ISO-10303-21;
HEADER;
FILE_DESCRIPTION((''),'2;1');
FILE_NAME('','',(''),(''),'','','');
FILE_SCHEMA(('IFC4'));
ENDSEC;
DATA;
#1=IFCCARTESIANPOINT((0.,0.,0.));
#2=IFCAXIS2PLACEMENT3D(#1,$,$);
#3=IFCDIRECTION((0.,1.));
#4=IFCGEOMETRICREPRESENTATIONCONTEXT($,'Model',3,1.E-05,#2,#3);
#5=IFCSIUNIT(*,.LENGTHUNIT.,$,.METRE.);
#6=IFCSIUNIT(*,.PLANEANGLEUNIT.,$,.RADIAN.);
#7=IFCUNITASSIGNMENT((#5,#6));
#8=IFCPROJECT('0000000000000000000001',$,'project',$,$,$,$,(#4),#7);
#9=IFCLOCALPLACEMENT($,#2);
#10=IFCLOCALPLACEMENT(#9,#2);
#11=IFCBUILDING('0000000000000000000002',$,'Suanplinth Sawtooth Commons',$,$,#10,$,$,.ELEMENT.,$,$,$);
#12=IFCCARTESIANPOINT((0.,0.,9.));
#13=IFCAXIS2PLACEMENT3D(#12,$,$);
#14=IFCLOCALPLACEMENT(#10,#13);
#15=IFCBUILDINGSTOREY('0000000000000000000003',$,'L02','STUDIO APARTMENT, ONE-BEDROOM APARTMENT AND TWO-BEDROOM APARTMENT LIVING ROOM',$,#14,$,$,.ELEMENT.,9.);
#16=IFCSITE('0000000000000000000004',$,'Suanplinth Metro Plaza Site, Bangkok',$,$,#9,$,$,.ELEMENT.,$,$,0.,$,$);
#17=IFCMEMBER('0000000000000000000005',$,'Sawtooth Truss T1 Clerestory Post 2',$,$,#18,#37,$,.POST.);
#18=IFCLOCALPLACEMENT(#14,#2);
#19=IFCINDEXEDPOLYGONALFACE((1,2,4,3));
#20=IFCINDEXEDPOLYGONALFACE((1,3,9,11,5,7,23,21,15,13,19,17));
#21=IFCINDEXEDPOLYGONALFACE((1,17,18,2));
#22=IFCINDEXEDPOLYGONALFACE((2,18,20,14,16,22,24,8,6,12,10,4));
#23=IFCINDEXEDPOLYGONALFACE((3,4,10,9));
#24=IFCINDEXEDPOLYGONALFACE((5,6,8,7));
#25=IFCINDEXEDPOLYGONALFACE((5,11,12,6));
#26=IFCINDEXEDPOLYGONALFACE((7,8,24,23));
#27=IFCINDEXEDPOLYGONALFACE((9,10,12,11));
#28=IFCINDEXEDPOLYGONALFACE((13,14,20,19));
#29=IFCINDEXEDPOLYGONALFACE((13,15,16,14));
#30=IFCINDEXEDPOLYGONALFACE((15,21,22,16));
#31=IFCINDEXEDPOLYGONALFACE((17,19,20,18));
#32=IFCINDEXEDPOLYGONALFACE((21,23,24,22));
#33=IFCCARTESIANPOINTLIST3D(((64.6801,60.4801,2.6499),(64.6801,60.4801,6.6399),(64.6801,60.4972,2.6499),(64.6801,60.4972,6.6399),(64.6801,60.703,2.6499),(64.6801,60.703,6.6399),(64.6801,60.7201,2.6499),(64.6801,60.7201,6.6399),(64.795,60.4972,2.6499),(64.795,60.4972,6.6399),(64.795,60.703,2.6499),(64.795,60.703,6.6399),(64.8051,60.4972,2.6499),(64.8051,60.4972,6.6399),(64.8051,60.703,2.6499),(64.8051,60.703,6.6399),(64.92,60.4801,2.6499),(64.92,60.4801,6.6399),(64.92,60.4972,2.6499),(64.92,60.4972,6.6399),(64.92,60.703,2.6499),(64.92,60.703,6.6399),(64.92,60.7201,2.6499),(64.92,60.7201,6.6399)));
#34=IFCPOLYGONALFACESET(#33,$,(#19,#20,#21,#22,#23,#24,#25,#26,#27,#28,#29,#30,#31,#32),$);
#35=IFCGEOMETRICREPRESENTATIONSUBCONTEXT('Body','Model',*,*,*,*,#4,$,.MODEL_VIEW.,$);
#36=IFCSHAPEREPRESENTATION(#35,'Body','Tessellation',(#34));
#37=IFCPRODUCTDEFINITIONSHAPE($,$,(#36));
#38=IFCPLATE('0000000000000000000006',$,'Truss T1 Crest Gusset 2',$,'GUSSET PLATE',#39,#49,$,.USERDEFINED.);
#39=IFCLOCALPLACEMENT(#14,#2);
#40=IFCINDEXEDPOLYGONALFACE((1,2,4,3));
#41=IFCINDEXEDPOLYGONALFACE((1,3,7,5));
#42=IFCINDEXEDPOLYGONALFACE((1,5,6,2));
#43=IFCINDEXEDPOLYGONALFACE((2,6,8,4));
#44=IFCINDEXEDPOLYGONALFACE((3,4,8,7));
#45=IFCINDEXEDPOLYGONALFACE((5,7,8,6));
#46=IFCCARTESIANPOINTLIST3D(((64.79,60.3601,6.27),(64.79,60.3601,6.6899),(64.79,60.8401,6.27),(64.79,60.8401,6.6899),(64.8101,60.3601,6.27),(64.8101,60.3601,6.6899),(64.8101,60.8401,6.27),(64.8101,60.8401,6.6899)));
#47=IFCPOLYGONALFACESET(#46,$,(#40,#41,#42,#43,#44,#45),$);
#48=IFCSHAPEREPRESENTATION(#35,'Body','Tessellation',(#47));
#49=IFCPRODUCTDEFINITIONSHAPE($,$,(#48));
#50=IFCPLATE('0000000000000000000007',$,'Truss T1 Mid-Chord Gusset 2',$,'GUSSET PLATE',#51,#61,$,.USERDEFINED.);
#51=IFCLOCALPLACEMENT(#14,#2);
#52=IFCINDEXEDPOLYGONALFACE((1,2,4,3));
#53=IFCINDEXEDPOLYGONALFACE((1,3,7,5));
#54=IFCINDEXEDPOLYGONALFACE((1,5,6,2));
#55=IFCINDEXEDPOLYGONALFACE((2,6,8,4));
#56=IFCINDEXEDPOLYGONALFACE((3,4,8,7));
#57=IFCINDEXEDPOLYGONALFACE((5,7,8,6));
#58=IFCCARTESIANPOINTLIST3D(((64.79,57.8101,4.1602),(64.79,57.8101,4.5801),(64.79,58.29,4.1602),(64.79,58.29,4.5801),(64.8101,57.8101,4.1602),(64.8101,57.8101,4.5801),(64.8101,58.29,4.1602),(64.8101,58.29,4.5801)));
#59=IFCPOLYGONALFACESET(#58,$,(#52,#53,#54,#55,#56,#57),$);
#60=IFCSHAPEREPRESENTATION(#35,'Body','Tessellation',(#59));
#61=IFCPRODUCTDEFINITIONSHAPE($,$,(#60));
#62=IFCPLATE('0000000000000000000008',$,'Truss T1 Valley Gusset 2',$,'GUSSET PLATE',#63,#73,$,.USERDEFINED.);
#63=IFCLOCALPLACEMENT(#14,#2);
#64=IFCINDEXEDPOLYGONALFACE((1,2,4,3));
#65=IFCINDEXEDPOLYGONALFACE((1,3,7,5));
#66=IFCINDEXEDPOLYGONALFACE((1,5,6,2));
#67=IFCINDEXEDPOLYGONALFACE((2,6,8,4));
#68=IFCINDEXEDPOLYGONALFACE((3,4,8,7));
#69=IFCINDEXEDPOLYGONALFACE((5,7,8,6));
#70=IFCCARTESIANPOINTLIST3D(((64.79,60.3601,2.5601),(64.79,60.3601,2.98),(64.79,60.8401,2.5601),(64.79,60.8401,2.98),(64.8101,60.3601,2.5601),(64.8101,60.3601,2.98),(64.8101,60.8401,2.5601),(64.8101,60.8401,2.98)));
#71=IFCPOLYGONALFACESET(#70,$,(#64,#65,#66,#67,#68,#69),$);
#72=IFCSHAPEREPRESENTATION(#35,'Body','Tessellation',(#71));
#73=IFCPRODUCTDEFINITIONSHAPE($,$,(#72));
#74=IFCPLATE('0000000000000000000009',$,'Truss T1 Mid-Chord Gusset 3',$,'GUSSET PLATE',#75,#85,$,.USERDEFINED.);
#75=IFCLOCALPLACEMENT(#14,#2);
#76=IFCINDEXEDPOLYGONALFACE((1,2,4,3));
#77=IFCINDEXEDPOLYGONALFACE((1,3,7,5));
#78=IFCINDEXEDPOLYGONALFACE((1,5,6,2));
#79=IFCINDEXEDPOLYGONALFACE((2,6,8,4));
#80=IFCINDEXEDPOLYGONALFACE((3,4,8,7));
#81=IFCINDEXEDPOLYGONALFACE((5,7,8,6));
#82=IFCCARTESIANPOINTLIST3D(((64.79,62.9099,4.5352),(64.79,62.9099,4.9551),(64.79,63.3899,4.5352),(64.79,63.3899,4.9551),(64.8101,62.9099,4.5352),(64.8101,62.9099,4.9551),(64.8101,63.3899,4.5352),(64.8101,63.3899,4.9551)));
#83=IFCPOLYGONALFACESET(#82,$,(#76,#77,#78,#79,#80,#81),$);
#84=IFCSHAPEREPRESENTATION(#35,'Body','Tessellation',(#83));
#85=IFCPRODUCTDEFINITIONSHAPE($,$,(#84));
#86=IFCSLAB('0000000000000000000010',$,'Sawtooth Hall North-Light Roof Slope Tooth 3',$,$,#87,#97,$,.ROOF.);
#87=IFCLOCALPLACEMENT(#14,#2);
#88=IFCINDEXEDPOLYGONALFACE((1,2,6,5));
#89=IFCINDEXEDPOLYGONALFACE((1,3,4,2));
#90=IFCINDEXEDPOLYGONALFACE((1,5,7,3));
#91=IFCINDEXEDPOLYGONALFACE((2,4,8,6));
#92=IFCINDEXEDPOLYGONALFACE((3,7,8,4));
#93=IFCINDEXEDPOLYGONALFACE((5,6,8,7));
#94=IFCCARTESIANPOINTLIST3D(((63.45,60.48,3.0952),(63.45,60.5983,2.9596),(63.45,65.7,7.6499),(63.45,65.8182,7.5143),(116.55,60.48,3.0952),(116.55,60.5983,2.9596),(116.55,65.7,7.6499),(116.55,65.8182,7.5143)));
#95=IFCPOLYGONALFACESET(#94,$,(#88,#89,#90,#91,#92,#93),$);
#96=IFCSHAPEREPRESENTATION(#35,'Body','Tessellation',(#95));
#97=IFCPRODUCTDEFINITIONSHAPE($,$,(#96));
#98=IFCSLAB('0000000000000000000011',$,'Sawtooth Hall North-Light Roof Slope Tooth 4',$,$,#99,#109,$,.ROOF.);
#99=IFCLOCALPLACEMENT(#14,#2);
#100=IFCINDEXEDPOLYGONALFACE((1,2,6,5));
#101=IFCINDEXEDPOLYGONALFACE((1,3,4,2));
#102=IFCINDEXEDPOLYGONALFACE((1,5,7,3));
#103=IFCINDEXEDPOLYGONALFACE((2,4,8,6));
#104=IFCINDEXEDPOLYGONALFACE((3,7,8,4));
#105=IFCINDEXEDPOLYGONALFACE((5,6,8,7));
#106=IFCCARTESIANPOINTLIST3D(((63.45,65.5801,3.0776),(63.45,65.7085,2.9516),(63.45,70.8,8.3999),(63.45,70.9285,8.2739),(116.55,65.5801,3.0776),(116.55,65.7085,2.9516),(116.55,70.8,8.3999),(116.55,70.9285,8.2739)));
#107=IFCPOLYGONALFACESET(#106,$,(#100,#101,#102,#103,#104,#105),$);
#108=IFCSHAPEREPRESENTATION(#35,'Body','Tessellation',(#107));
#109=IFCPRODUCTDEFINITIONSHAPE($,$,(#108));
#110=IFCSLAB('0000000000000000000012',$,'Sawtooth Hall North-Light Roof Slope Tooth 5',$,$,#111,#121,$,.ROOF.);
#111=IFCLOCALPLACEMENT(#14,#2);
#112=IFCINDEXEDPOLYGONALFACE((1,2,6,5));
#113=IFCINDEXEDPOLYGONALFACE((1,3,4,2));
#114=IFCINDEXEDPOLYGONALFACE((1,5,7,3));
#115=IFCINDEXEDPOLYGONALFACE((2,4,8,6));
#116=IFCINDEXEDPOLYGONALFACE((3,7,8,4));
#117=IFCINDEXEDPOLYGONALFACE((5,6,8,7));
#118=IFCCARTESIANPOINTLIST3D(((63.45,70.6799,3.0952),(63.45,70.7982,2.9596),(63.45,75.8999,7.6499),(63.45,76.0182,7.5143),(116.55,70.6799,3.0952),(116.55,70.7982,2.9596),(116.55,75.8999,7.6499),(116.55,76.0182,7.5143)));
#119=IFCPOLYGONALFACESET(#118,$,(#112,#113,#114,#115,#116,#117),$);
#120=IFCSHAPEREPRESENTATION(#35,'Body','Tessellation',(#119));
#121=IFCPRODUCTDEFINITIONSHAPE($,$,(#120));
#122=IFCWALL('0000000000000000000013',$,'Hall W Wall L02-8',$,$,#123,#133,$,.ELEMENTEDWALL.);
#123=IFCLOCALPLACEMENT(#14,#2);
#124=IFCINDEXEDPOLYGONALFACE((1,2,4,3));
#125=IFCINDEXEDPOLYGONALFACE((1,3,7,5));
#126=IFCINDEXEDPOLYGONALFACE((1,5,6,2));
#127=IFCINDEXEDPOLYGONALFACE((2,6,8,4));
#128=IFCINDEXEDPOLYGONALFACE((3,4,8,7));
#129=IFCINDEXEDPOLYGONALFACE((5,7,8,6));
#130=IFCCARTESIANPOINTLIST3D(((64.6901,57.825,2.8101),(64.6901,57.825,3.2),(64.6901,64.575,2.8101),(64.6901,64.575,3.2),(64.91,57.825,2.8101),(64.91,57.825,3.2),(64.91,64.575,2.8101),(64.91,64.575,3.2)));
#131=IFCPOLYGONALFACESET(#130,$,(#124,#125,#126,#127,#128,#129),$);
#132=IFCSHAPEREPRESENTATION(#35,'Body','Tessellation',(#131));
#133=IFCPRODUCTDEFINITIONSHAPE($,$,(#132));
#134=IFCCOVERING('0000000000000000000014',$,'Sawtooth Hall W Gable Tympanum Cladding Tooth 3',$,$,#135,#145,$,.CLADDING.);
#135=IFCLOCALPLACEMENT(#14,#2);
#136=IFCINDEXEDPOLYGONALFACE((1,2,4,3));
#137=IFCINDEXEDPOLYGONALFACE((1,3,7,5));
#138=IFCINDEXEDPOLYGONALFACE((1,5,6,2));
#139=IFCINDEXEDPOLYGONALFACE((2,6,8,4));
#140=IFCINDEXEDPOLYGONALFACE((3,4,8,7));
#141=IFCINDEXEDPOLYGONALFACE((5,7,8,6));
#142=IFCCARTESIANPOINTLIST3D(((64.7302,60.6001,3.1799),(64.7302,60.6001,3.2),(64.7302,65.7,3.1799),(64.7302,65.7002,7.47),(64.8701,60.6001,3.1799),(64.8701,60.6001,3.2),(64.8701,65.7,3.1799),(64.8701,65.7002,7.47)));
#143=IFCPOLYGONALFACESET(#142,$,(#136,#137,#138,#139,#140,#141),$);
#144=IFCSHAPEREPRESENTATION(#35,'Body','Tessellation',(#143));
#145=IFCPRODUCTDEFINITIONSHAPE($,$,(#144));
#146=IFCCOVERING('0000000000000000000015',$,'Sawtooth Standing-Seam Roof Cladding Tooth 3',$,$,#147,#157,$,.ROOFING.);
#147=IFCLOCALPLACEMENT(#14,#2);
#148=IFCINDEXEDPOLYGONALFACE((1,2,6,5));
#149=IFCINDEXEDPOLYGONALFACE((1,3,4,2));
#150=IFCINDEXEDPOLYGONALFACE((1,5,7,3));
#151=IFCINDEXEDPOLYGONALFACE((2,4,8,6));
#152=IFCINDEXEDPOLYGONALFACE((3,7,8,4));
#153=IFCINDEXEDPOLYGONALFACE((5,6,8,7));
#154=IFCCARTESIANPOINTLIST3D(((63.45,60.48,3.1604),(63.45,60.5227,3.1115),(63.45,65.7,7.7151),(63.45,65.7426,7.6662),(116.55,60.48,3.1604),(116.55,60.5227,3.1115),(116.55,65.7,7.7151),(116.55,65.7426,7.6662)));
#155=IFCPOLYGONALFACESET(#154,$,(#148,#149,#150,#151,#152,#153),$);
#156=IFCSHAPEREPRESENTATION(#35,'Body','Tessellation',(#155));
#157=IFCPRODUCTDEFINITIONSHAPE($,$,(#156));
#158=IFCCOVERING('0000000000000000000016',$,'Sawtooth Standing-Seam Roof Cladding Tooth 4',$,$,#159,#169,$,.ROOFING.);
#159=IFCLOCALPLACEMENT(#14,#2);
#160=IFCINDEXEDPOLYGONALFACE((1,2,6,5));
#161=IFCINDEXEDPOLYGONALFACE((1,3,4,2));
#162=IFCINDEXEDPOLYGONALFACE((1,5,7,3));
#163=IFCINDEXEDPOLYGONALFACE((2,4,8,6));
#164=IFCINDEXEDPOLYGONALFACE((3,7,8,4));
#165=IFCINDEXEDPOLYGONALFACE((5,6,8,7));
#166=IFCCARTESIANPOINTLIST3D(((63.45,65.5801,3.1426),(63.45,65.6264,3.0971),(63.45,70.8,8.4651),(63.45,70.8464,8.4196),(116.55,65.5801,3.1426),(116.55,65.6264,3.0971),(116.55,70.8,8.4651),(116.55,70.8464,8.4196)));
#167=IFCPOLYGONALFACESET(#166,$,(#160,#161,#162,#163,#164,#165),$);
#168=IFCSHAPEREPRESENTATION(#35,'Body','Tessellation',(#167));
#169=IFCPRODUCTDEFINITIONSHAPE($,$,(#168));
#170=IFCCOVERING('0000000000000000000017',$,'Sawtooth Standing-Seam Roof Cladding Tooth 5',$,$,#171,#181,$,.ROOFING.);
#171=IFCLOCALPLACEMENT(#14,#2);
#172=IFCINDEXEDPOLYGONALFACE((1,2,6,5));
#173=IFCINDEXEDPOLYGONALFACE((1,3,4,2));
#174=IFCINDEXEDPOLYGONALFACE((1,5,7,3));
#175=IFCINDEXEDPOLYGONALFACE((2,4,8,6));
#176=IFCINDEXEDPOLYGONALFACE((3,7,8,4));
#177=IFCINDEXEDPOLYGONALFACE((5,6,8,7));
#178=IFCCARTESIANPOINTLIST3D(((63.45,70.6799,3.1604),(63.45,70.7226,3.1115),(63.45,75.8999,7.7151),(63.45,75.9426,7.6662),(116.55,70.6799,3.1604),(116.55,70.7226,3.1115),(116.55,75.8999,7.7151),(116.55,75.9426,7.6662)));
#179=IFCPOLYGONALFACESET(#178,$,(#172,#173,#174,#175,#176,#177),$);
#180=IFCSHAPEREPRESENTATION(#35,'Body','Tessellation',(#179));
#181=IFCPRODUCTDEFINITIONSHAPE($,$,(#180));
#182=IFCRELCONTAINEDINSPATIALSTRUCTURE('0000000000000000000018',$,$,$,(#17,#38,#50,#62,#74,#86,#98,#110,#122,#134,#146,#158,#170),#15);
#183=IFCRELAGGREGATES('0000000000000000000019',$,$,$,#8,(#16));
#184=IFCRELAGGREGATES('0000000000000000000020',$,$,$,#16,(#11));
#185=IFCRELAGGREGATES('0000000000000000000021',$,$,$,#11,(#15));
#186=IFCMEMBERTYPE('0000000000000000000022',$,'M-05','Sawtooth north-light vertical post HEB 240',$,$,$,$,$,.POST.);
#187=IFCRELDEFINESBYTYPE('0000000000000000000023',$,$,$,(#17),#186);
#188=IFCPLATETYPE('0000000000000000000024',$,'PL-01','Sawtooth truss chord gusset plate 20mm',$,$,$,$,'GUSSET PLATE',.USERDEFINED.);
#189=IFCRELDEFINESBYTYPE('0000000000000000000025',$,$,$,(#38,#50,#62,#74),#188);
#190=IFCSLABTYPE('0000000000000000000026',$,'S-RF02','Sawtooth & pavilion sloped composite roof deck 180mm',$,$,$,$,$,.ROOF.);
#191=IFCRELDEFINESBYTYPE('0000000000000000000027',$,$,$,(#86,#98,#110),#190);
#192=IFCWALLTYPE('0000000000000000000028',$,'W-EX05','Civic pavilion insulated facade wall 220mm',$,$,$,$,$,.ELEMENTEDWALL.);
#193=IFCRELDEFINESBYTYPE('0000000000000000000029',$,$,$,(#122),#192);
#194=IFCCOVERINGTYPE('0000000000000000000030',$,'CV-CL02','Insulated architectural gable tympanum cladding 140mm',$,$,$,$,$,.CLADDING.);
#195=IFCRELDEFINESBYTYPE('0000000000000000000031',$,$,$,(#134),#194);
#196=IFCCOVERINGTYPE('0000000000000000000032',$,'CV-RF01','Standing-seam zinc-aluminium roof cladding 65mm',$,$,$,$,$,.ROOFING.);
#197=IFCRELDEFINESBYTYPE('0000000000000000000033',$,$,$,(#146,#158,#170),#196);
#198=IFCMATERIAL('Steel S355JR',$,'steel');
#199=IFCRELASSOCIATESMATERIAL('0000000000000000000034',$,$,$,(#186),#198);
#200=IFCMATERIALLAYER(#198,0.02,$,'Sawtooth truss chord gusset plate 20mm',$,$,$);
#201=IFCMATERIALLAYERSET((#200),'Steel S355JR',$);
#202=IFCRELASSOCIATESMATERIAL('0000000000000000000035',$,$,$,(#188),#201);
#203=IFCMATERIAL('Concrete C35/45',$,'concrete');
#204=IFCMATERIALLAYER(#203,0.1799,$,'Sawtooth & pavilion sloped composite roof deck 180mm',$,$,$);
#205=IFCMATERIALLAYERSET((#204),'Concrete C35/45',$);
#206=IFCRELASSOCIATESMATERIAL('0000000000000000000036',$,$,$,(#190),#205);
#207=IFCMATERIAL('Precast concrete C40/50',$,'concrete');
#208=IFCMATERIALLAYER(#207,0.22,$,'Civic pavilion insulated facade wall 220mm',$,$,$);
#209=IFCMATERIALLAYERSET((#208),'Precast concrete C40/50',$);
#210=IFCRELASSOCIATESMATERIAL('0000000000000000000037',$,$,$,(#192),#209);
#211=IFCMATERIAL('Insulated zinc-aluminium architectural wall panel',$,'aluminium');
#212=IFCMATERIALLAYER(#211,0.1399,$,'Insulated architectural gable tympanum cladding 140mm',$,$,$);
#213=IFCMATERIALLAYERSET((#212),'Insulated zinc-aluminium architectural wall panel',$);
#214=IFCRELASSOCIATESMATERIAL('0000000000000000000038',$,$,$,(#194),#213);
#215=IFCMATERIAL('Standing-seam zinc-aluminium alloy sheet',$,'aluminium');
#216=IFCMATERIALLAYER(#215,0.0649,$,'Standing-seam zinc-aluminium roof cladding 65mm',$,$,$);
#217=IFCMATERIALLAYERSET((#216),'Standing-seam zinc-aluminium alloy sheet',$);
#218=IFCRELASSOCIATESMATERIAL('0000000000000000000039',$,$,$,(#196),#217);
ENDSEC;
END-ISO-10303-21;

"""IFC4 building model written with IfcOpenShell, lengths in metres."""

from ifc_helpers import new_model, si_unit, direction, frame, frame_2d, origin, origin_2d, place, context, subcontext, project, spatial, polyline, rectangle, i_section, outline, extrude, material, layer, layer_set, material_profile, profile_set, type_object, element, save


model = new_model("IFC4")

# Units and contexts
model_context = context("Model", 3, precision=1e-05, world=origin(), true_north=direction((0.0, 1.0)))
body_context = subcontext(model_context, "Body", "Model", "MODEL_VIEW")
ifc_project = project(units=[si_unit("LENGTHUNIT", "METRE"), si_unit("PLANEANGLEUNIT", "RADIAN")], contexts=[model_context])

# Site, building, storey
site_placement = place(None, origin())
site = spatial("IfcSite", under=ifc_project, at=site_placement, Name="Suanplinth Metro Plaza Site, Bangkok", CompositionType="ELEMENT", RefElevation=0.0)
building_placement = place(site_placement, origin())
building = spatial("IfcBuilding", under=site, at=building_placement, Name="Suanplinth Sawtooth Commons", CompositionType="ELEMENT")
storey_placement = place(building_placement, frame((0.0, 0.0, 9.0)))
storey = spatial("IfcBuildingStorey", under=building, at=storey_placement, Name="L02", Description="STUDIO APARTMENT, ONE-BEDROOM APARTMENT AND TWO-BEDROOM APARTMENT LIVING ROOM", CompositionType="ELEMENT", Elevation=9.0)

# Shared definitions
ifc_material_1 = material(Name="Steel S355JR", Category="steel")

# Member
ifc_material_profile_1 = material_profile(ifc_material_1, i_section(OverallWidth=0.24, OverallDepth=0.24, WebThickness=0.01, FlangeThickness=0.0171, at=origin_2d()), Name="HEB 240")
ifc_profile_set_1 = profile_set([ifc_material_profile_1], Name="Steel S355JR")
member_type_1 = type_object("IfcMemberType", Name="M-05", Description="Sawtooth north-light vertical post HEB 240", PredefinedType="POST", material=ifc_profile_set_1)
member_1_placement = place(storey_placement, frame((64.8, 60.6001, 2.6499), z_axis=(0.0, 0.0, 1.0), x_axis=(1.0, 0.0, 0.0)))
element("IfcMember", 1, at=member_1_placement, inside=storey, type_object=member_type_1, Name="Sawtooth Truss T1 Clerestory Post 2", PredefinedType="POST", context=body_context, shape_type="SweptSolid", body=[
    extrude(i_section(OverallWidth=0.24, OverallDepth=0.24, WebThickness=0.01, FlangeThickness=0.0171, at=origin_2d()), origin(), (0.0, 0.0, 1.0), 3.99),
])

# Plates
ifc_layer_1 = layer(ifc_material_1, 0.02, Name="Sawtooth truss chord gusset plate 20mm")
ifc_layer_set_1 = layer_set([ifc_layer_1], Name="Steel S355JR")
plate_type = type_object("IfcPlateType", Name="PL-01", Description="Sawtooth truss chord gusset plate 20mm", ElementType="GUSSET PLATE", PredefinedType="USERDEFINED", material=ifc_layer_set_1)
for number, where, z_axis, x_axis, name in (
    (2, (64.8, 60.6001, 6.27), (0.0, 0.0, 1.0), (1.0, 0.0, 0.0), "Truss T1 Crest Gusset 2"),
    (3, (64.8, 58.05, 4.1602), (0.0, 0.0, 1.0), (1.0, 0.0, 0.0), "Truss T1 Mid-Chord Gusset 2"),
    (4, (64.8, 60.6001, 2.5601), (0.0, 0.0, 1.0), (1.0, 0.0, 0.0), "Truss T1 Valley Gusset 2"),
    (5, (64.8, 63.1499, 4.5352), (0.0, 0.0, 1.0), (1.0, 0.0, 0.0), "Truss T1 Mid-Chord Gusset 3"),
):
    element("IfcPlate", number, at=place(storey_placement, frame(where, z_axis=z_axis, x_axis=x_axis)), inside=storey, type_object=plate_type, Name=name, ObjectType="GUSSET PLATE", PredefinedType="USERDEFINED", context=body_context, shape_type="SweptSolid", body=[
        extrude(rectangle(XDim=0.02, YDim=0.48, at=origin_2d()), origin(), (0.0, 0.0, 1.0), 0.4199),
    ])

# Slabs
ifc_material_2 = material(Name="Concrete C35/45", Category="concrete")
ifc_layer_2 = layer(ifc_material_2, 0.1799, Name="Sawtooth & pavilion sloped composite roof deck 180mm")
ifc_layer_set_2 = layer_set([ifc_layer_2], Name="Concrete C35/45")
slab_type = type_object("IfcSlabType", Name="S-RF02", Description="Sawtooth & pavilion sloped composite roof deck 180mm", PredefinedType="ROOF", material=ifc_layer_set_2)
slab_1_placement = place(storey_placement, frame((63.45, 60.48, 3.0952), z_axis=(0.0, -0.657459, 0.753491), x_axis=(1.0, 0.0, 0.0)))
element("IfcSlab", 6, at=slab_1_placement, inside=storey, type_object=slab_type, Name="Sawtooth Hall North-Light Roof Slope Tooth 3", PredefinedType="ROOF", context=body_context, shape_type="SweptSolid", body=[
    extrude(outline(polyline([(0.0, 0.0), (53.1001, 0.0), (53.1001, 6.9277), (0.0, 6.9277), (0.0, 0.0)])), origin(), (0.0, 0.0, -1.0), 0.1799),
])
slab_2_placement = place(storey_placement, frame((63.45, 65.5801, 3.0776), z_axis=(0.0, -0.713934, 0.700213), x_axis=(1.0, 0.0, 0.0)))
element("IfcSlab", 7, at=slab_2_placement, inside=storey, type_object=slab_type, Name="Sawtooth Hall North-Light Roof Slope Tooth 4", PredefinedType="ROOF", context=body_context, shape_type="SweptSolid", body=[
    extrude(outline(polyline([(0.0, 0.0), (53.1001, 0.0), (53.1001, 7.4548), (0.0, 7.4548), (0.0, 0.0)])), origin(), (0.0, 0.0, -1.0), 0.1799),
])
slab_3_placement = place(storey_placement, frame((63.45, 70.6799, 3.0952), z_axis=(0.0, -0.657459, 0.753491), x_axis=(1.0, 0.0, 0.0)))
element("IfcSlab", 8, at=slab_3_placement, inside=storey, type_object=slab_type, Name="Sawtooth Hall North-Light Roof Slope Tooth 5", PredefinedType="ROOF", context=body_context, shape_type="SweptSolid", body=[
    extrude(outline(polyline([(0.0, 0.0), (53.1001, 0.0), (53.1001, 6.9277), (0.0, 6.9277), (0.0, 0.0)])), origin(), (0.0, 0.0, -1.0), 0.1799),
])

# Wall
ifc_material_3 = material(Name="Precast concrete C40/50", Category="concrete")
ifc_layer_3 = layer(ifc_material_3, 0.22, Name="Civic pavilion insulated facade wall 220mm")
ifc_layer_set_3 = layer_set([ifc_layer_3], Name="Precast concrete C40/50")
wall_type = type_object("IfcWallType", Name="W-EX05", Description="Civic pavilion insulated facade wall 220mm", PredefinedType="ELEMENTEDWALL", material=ifc_layer_set_3)
wall_placement = place(storey_placement, frame((64.8, 57.825, 2.8101), z_axis=(0.0, 0.0, 1.0), x_axis=(0.0, 1.0, 0.0)))
element("IfcWall", 9, at=wall_placement, inside=storey, type_object=wall_type, Name="Hall W Wall L02-8", PredefinedType="ELEMENTEDWALL", context=body_context, shape_type="SweptSolid", body=[
    extrude(rectangle(XDim=6.75, YDim=0.22, at=frame_2d((3.375, 0.0))), origin(), (0.0, 0.0, 1.0), 0.3899),
])

# Coverings
ifc_material_4 = material(Name="Insulated zinc-aluminium architectural wall panel", Category="aluminium")
ifc_layer_4 = layer(ifc_material_4, 0.1399, Name="Insulated architectural gable tympanum cladding 140mm")
ifc_layer_set_4 = layer_set([ifc_layer_4], Name="Insulated zinc-aluminium architectural wall panel")
covering_type_1 = type_object("IfcCoveringType", Name="CV-CL02", Description="Insulated architectural gable tympanum cladding 140mm", PredefinedType="CLADDING", material=ifc_layer_set_4)
covering_1_placement = place(storey_placement, frame((64.8, 60.6001, 3.1799), z_axis=(0.0, 0.0, 1.0), x_axis=(0.0, 1.0, 0.0)))
element("IfcCovering", 10, at=covering_1_placement, inside=storey, type_object=covering_type_1, Name="Sawtooth Hall W Gable Tympanum Cladding Tooth 3", PredefinedType="CLADDING", context=body_context, shape_type="SweptSolid", body=[
    extrude(outline(polyline([(0.0, 0.0), (5.0999, 0.0), (5.1001, 4.29), (0.0, 0.02), (0.0, 0.0)])), frame((0.0, 0.0698, 0.0), z_axis=(0.0, -1.0, 0.0), x_axis=(1.0, 0.0, 0.0)), (0.0, 0.0, 1.0), 0.1399),
])
ifc_material_5 = material(Name="Standing-seam zinc-aluminium alloy sheet", Category="aluminium")
ifc_layer_5 = layer(ifc_material_5, 0.0649, Name="Standing-seam zinc-aluminium roof cladding 65mm")
ifc_layer_set_5 = layer_set([ifc_layer_5], Name="Standing-seam zinc-aluminium alloy sheet")
covering_type_2 = type_object("IfcCoveringType", Name="CV-RF01", Description="Standing-seam zinc-aluminium roof cladding 65mm", PredefinedType="ROOFING", material=ifc_layer_set_5)
covering_2_placement = place(storey_placement, frame((63.45, 60.48, 3.1604), z_axis=(0.0, -0.657459, 0.753491), x_axis=(1.0, 0.0, 0.0)))
element("IfcCovering", 11, at=covering_2_placement, inside=storey, type_object=covering_type_2, Name="Sawtooth Standing-Seam Roof Cladding Tooth 3", PredefinedType="ROOFING", context=body_context, shape_type="SweptSolid", body=[
    extrude(outline(polyline([(0.0, 0.0), (53.1001, 0.0), (53.1001, 6.9277), (0.0, 6.9277), (0.0, 0.0)])), origin(), (0.0, 0.0, -1.0), 0.0649),
])
covering_3_placement = place(storey_placement, frame((63.45, 65.5801, 3.1426), z_axis=(0.0, -0.713951, 0.700196), x_axis=(1.0, 0.0, 0.0)))
element("IfcCovering", 12, at=covering_3_placement, inside=storey, type_object=covering_type_2, Name="Sawtooth Standing-Seam Roof Cladding Tooth 4", PredefinedType="ROOFING", context=body_context, shape_type="SweptSolid", body=[
    extrude(outline(polyline([(0.0, 0.0), (53.1001, 0.0), (53.1001, 7.455), (0.0, 7.455), (0.0, 0.0)])), origin(), (0.0, 0.0, -1.0), 0.0649),
])
covering_4_placement = place(storey_placement, frame((63.45, 70.6799, 3.1604), z_axis=(0.0, -0.657459, 0.753491), x_axis=(1.0, 0.0, 0.0)))
element("IfcCovering", 13, at=covering_4_placement, inside=storey, type_object=covering_type_2, Name="Sawtooth Standing-Seam Roof Cladding Tooth 5", PredefinedType="ROOFING", context=body_context, shape_type="SweptSolid", body=[
    extrude(outline(polyline([(0.0, 0.0), (53.1001, 0.0), (53.1001, 6.9277), (0.0, 6.9277), (0.0, 0.0)])), origin(), (0.0, 0.0, -1.0), 0.0649),
])

save(model, "model.ifc")
